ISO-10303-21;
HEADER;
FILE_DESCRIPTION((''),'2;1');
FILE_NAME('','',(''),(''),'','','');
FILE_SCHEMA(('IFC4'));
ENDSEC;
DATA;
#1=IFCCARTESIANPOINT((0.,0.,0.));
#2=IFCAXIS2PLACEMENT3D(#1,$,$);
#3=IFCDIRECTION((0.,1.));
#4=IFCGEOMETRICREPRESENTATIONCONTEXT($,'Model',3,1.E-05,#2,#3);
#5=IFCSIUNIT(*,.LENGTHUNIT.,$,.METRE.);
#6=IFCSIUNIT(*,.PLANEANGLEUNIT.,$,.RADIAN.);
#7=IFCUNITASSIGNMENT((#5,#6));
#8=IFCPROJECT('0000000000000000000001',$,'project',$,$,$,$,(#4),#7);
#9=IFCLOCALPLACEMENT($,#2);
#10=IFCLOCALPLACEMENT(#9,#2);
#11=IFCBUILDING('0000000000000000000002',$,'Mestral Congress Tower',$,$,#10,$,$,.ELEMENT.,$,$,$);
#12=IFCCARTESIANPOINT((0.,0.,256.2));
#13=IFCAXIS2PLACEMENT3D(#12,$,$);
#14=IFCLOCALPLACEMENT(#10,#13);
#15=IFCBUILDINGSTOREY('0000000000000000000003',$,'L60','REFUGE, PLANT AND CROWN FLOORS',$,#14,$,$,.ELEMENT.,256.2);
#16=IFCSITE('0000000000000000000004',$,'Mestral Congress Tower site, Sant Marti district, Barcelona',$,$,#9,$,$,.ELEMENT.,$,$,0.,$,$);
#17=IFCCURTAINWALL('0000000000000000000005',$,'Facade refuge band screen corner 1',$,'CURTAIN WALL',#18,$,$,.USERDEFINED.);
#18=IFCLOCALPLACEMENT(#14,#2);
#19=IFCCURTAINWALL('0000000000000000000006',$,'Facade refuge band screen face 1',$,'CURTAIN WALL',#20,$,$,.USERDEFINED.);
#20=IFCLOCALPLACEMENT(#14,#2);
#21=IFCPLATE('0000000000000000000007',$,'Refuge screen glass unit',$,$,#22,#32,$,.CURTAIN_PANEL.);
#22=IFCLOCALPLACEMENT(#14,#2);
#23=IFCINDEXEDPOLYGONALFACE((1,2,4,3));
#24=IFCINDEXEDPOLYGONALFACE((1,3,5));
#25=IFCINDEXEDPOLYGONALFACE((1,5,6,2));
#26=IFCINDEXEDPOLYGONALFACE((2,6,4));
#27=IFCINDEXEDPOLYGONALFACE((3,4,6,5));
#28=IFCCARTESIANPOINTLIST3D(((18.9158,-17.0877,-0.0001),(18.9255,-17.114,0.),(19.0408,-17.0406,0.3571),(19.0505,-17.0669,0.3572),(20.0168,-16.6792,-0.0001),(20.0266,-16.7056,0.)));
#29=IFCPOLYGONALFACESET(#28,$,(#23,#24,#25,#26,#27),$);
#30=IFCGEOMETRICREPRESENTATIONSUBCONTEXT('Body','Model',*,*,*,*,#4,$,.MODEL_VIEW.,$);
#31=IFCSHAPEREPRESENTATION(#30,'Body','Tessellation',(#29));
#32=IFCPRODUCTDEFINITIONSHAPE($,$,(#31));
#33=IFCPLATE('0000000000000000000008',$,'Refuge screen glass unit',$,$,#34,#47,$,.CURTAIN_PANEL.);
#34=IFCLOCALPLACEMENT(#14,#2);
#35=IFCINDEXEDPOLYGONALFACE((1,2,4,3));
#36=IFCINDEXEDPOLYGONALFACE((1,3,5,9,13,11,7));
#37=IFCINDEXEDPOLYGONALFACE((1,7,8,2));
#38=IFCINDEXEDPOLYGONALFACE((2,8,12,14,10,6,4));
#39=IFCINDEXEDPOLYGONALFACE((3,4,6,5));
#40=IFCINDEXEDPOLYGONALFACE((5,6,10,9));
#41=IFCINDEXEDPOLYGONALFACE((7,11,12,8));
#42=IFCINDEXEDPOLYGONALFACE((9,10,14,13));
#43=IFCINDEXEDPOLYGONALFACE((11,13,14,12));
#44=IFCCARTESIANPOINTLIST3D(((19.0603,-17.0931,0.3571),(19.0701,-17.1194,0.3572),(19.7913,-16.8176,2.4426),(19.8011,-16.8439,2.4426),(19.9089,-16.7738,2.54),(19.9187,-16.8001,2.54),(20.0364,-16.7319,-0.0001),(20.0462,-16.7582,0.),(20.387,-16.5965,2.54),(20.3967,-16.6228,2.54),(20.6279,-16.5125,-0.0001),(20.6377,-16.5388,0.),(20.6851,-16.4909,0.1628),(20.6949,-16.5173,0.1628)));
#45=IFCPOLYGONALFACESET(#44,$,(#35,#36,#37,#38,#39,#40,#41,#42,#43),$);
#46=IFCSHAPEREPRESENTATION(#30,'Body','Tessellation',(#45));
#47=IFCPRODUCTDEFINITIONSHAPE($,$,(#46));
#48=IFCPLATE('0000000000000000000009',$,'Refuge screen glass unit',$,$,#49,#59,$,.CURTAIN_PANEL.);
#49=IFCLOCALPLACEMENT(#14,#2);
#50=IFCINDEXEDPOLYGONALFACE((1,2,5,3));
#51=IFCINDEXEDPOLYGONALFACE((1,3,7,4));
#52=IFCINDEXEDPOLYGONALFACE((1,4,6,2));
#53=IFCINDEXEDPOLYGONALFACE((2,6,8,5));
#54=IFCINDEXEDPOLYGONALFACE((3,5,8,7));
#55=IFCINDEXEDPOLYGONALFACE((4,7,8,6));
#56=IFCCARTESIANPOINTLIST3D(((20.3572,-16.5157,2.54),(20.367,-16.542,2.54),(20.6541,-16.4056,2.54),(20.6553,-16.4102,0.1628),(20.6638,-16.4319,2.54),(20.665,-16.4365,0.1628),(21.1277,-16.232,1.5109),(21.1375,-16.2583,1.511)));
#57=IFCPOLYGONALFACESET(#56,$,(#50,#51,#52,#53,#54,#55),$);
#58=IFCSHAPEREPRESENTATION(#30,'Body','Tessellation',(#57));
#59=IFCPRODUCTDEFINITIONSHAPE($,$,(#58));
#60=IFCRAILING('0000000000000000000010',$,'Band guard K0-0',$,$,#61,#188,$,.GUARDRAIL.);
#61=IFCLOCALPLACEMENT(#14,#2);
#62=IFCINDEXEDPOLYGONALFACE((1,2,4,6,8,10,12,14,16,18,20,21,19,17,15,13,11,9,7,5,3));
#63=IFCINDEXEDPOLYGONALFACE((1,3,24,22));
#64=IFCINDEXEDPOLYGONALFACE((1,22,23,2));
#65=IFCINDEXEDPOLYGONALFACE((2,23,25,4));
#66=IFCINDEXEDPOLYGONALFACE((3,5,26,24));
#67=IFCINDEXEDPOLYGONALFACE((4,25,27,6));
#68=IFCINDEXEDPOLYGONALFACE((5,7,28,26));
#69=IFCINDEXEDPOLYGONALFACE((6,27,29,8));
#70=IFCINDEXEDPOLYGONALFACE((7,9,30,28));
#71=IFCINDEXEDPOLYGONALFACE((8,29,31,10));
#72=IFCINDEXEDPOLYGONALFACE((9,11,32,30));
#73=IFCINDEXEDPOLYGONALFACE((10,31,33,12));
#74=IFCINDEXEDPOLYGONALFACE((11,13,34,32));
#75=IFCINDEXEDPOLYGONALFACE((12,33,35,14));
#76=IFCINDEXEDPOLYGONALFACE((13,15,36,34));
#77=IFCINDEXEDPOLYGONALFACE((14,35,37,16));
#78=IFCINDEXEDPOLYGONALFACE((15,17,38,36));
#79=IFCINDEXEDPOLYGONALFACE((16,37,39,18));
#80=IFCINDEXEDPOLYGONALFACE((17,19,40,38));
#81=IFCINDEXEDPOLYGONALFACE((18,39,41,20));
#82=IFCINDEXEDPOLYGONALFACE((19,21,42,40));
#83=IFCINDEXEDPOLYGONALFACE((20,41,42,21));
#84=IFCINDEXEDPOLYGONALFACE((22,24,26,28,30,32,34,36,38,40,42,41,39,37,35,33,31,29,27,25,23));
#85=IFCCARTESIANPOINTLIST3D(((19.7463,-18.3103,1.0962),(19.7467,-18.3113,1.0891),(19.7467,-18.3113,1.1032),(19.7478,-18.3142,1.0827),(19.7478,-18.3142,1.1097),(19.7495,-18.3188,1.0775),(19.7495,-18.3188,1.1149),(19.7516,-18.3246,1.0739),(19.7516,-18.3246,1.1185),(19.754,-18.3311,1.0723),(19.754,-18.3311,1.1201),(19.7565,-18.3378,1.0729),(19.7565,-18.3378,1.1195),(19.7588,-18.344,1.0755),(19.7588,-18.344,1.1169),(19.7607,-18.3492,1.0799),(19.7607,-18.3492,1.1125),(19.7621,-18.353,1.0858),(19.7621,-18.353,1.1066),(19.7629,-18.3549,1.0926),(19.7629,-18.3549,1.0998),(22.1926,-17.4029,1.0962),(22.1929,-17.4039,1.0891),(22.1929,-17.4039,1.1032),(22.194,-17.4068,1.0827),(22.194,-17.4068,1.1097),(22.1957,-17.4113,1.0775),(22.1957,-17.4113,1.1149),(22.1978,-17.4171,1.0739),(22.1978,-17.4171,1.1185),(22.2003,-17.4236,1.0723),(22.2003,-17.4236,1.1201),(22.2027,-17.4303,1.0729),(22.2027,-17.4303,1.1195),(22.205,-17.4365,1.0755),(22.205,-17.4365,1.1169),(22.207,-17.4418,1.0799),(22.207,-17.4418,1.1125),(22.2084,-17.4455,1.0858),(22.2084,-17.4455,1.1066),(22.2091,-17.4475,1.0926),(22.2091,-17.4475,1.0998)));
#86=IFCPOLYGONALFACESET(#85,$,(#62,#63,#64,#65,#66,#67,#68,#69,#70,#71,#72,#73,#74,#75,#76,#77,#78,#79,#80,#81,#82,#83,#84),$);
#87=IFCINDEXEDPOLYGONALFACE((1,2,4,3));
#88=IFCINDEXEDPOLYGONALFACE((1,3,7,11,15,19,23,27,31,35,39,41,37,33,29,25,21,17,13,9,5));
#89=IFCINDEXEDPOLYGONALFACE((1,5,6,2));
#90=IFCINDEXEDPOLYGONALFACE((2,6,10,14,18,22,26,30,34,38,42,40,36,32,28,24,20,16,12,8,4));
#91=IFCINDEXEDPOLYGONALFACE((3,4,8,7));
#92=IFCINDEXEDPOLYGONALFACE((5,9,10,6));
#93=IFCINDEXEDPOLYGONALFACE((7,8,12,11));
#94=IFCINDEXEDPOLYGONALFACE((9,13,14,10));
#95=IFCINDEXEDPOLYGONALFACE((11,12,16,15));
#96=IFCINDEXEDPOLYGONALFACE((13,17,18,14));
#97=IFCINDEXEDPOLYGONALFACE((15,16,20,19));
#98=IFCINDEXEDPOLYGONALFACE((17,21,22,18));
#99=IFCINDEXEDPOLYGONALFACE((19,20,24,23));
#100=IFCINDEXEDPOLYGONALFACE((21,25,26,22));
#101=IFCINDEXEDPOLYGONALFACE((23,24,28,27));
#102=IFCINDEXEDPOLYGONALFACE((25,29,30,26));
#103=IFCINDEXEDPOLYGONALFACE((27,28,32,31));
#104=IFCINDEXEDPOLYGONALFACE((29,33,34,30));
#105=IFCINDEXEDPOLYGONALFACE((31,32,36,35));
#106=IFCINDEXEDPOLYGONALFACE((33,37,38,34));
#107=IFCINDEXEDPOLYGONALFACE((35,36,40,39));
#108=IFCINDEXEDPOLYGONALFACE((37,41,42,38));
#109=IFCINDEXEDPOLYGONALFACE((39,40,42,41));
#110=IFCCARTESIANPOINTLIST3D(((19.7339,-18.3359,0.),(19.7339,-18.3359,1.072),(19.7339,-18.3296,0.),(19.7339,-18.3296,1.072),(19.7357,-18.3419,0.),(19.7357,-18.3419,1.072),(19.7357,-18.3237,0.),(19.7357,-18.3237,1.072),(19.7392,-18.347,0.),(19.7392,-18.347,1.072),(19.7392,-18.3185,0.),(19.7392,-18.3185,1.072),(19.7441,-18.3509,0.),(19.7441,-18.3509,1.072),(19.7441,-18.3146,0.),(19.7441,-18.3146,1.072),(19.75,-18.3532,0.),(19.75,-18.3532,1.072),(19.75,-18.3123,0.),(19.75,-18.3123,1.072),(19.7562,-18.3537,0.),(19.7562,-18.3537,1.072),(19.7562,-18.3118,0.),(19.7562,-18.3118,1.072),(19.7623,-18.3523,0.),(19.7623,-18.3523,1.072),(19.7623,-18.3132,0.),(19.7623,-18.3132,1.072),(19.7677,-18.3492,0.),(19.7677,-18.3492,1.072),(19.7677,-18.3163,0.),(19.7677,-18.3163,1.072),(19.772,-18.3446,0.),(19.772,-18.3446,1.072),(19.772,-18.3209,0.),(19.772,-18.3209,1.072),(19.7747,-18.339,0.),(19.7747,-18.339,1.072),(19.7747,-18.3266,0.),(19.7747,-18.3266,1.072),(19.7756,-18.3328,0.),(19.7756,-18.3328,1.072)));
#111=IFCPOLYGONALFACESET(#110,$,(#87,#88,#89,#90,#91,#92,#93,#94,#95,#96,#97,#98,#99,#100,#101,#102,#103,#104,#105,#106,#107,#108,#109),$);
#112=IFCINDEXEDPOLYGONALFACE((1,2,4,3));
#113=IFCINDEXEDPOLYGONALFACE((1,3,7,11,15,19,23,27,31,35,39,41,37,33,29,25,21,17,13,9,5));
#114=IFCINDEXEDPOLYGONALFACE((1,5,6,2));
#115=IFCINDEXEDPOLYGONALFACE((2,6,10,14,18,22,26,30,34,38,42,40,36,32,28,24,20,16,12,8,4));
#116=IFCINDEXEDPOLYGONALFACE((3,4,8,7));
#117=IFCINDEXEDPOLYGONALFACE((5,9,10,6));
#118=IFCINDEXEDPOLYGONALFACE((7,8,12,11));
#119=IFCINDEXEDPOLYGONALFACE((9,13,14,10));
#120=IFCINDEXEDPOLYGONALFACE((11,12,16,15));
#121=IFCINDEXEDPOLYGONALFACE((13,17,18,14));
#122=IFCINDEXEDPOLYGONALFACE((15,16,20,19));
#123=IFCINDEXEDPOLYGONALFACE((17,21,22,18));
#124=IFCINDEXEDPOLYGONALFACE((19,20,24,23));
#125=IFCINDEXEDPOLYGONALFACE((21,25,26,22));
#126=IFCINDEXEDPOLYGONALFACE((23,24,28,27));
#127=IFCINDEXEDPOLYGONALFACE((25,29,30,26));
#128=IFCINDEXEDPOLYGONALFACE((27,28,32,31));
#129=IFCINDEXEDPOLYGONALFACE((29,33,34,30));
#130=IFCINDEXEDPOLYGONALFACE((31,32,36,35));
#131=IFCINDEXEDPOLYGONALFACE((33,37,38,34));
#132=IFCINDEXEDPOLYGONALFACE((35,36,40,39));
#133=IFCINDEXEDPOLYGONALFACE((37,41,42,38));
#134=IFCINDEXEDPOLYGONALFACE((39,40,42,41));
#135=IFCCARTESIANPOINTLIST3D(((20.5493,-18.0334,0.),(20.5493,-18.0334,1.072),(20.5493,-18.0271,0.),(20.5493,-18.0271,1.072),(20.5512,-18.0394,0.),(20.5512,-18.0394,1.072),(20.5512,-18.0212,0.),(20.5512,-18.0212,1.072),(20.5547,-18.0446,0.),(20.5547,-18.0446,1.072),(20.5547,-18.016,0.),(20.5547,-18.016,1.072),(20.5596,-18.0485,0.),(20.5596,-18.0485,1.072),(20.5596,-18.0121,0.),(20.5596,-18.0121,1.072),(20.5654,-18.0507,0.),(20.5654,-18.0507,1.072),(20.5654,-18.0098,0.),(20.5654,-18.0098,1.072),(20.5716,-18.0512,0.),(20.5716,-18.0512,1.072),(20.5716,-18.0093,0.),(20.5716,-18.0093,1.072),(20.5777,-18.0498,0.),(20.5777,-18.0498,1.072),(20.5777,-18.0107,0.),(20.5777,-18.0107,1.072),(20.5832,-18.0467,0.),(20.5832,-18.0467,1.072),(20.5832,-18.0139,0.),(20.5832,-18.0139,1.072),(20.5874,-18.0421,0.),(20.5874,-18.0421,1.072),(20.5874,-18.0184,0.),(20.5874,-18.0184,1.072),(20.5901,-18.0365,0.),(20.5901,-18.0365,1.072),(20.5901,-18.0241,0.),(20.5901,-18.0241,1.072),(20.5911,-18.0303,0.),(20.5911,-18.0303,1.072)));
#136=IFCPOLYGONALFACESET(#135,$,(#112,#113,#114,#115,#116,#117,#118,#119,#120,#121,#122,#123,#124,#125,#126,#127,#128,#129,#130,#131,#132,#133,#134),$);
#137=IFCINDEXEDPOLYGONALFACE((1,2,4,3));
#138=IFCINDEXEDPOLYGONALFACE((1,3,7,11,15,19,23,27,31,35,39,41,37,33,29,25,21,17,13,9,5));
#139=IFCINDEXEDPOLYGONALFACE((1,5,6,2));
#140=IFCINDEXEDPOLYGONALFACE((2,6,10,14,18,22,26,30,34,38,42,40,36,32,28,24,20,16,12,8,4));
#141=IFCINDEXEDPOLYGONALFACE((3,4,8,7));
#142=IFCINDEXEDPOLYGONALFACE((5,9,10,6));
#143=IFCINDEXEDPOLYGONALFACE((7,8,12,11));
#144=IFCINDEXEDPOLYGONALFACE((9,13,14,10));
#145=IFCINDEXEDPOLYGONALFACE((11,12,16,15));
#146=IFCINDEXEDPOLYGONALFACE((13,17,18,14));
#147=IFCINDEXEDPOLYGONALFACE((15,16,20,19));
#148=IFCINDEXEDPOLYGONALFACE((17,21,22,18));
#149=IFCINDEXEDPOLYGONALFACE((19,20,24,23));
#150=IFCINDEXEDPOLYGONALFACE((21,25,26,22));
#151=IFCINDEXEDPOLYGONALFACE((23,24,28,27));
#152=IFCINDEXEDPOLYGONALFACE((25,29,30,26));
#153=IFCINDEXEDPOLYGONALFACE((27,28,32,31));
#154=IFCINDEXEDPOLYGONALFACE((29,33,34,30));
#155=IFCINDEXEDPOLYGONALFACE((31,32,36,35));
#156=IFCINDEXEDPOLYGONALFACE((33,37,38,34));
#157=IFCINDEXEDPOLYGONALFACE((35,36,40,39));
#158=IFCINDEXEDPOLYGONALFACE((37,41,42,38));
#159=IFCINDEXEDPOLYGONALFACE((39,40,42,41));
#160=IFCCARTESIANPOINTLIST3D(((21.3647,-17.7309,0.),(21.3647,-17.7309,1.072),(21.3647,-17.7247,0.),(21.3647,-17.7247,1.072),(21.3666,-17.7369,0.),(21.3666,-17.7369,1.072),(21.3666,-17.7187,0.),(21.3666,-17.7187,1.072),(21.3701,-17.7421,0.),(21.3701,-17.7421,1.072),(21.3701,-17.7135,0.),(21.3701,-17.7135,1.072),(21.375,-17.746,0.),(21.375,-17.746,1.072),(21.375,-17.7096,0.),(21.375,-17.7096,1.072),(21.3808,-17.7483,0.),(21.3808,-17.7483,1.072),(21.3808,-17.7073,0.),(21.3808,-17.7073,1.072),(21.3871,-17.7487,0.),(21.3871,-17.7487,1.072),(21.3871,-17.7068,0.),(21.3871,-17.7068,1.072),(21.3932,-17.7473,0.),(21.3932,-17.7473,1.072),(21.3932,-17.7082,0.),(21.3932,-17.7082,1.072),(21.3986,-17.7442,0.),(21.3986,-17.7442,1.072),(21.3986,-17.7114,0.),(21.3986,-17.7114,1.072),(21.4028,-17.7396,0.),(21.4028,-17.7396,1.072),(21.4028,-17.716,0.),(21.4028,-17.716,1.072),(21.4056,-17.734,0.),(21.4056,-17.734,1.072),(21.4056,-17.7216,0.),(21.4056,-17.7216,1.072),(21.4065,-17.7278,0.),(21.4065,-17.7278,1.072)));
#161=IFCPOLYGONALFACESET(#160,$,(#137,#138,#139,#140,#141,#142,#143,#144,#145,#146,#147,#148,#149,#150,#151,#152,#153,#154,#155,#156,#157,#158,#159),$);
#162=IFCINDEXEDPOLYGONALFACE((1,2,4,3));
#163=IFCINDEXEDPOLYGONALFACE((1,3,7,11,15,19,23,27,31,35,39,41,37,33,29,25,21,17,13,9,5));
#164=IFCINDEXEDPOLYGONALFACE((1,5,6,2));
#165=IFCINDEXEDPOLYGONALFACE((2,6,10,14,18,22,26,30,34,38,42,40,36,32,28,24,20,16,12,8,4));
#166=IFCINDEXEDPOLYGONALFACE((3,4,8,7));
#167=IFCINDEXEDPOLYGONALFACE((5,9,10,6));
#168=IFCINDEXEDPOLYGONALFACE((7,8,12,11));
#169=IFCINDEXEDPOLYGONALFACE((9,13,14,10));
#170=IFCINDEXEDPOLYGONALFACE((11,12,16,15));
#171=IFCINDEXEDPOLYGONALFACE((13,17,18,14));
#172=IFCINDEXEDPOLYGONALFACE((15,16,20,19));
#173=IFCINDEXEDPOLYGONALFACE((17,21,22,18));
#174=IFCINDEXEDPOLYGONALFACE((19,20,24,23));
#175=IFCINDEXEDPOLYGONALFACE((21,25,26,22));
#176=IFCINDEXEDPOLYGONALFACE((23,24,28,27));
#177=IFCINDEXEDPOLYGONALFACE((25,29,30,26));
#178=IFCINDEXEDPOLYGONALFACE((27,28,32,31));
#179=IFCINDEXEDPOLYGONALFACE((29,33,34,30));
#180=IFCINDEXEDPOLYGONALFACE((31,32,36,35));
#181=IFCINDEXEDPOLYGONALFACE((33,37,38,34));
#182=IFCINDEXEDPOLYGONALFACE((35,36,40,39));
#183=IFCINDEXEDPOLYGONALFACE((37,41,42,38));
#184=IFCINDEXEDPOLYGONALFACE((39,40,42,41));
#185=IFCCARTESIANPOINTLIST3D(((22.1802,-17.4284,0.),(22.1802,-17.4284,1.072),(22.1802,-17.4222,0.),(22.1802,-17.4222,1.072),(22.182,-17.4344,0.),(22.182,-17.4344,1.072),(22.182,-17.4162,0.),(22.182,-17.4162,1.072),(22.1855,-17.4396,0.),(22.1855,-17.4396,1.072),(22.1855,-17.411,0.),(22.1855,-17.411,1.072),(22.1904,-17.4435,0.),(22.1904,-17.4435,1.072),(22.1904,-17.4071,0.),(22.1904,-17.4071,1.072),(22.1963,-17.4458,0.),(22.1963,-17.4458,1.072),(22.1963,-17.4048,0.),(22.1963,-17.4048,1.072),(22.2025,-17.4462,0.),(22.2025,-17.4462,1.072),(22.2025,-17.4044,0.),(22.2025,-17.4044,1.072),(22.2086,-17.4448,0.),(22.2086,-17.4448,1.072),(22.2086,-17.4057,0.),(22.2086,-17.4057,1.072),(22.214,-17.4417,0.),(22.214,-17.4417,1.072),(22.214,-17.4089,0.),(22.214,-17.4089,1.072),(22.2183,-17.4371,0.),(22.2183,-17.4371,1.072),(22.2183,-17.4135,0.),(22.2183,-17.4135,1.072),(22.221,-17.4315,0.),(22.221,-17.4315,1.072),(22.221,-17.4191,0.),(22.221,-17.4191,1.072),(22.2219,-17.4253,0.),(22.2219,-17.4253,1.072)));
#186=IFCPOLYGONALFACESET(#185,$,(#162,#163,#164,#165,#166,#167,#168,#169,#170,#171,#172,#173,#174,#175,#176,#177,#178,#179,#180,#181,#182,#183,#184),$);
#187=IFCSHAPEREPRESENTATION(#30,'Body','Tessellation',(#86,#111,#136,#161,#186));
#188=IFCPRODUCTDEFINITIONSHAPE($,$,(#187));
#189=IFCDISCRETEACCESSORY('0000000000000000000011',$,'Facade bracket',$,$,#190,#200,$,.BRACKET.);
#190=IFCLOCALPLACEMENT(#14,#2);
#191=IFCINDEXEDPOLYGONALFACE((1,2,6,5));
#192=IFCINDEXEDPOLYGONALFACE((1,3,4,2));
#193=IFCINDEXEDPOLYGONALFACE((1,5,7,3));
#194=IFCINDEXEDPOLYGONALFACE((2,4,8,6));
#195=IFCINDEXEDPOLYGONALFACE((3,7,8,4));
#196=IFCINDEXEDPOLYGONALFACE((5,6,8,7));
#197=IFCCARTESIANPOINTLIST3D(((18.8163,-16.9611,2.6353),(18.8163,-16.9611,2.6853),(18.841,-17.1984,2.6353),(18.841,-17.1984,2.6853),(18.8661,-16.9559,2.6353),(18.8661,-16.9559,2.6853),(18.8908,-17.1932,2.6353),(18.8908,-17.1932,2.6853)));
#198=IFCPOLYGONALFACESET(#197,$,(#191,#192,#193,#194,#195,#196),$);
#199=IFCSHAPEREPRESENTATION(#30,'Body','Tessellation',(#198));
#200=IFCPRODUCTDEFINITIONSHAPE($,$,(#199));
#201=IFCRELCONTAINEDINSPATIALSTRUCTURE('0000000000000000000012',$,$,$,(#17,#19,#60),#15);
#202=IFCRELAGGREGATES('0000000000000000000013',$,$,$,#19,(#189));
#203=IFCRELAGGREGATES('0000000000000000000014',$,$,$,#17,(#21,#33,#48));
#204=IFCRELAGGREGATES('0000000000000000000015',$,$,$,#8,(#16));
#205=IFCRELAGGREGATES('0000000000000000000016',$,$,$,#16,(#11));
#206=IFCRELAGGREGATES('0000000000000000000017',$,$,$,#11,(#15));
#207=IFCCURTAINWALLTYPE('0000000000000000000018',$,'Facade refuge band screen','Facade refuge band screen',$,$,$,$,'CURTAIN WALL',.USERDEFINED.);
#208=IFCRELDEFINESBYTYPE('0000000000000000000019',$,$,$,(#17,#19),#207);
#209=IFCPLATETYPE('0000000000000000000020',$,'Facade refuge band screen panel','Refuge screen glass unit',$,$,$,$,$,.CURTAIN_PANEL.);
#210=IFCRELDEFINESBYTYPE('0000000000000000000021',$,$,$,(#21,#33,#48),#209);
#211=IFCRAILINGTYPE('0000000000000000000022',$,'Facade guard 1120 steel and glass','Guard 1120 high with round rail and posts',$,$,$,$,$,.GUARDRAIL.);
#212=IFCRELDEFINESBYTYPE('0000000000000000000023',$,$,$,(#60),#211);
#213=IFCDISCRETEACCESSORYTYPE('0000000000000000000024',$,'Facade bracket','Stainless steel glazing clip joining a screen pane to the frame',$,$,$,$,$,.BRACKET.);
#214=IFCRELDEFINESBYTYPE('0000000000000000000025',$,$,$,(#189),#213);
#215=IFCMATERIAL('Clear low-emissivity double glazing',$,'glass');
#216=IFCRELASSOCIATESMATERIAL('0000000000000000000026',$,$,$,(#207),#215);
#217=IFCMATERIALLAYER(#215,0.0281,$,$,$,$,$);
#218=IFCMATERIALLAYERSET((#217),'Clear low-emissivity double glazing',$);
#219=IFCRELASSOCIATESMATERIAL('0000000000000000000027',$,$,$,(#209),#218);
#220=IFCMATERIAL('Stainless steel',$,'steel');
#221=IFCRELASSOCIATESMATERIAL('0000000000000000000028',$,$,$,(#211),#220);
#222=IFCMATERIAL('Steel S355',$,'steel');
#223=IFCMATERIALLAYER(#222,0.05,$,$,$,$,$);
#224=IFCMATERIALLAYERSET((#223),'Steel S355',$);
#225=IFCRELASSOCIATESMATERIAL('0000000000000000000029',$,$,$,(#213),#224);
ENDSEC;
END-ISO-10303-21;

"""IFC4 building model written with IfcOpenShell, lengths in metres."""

from ifc_helpers import new_model, si_unit, direction, frame, origin, origin_2d, place, context, subcontext, project, spatial, polyline, rectangle, circle, outline, extrude, material, layer, layer_set, type_object, element, aggregate, save


model = new_model("IFC4")

# Units and contexts
model_context = context("Model", 3, precision=1e-05, world=origin(), true_north=direction((0.0, 1.0)))
body_context = subcontext(model_context, "Body", "Model", "MODEL_VIEW")
ifc_project = project(units=[si_unit("LENGTHUNIT", "METRE"), si_unit("PLANEANGLEUNIT", "RADIAN")], contexts=[model_context])

# Site, building, storey
site_placement = place(None, origin())
site = spatial("IfcSite", under=ifc_project, at=site_placement, Name="Mestral Congress Tower site, Sant Marti district, Barcelona", CompositionType="ELEMENT", RefElevation=0.0)
building_placement = place(site_placement, origin())
building = spatial("IfcBuilding", under=site, at=building_placement, Name="Mestral Congress Tower", CompositionType="ELEMENT")
storey_placement = place(building_placement, frame((0.0, 0.0, 256.2)))
storey = spatial("IfcBuildingStorey", under=building, at=storey_placement, Name="L60", Description="REFUGE, PLANT AND CROWN FLOORS", CompositionType="ELEMENT", Elevation=256.2)

# Shared definitions
ifc_material_1 = material(Name="Steel S355", Category="steel")

# Curtain wall
ifc_material_2 = material(Name="Clear low-emissivity double glazing", Category="glass")
curtain_wall_type = type_object("IfcCurtainWallType", Name="Facade refuge band screen", Description="Facade refuge band screen", ElementType="CURTAIN WALL", PredefinedType="USERDEFINED", material=ifc_material_2)
placement = place(storey_placement, origin())
curtain_wall_1 = element("IfcCurtainWall", 1, at=placement, inside=storey, type_object=curtain_wall_type, Name="Facade refuge band screen corner 1", ObjectType="CURTAIN WALL", PredefinedType="USERDEFINED")

# Curtain wall
curtain_wall_2 = element("IfcCurtainWall", 2, at=placement, inside=storey, type_object=curtain_wall_type, Name="Facade refuge band screen face 1", ObjectType="CURTAIN WALL", PredefinedType="USERDEFINED")

# Plates
ifc_layer_1 = layer(ifc_material_2, 0.0281)
ifc_layer_set_1 = layer_set([ifc_layer_1], Name="Clear low-emissivity double glazing")
plate_type_1 = type_object("IfcPlateType", Name="Facade refuge band screen panel", Description="Refuge screen glass unit", PredefinedType="CURTAIN_PANEL", material=ifc_layer_set_1)
plate_1_placement = place(storey_placement, frame((18.9255, -17.114, 0.0), z_axis=(0.347794, -0.937569, 0.001969), x_axis=(0.32779, 0.123562, 0.936635)))
plate_1 = element("IfcPlate", 3, at=plate_1_placement, type_object=plate_type_1, Name="Refuge screen glass unit", PredefinedType="CURTAIN_PANEL", context=body_context, shape_type="SweptSolid", body=[
    extrude(outline(polyline([(0.0, 0.0), (0.3813, 0.0), (0.4114, -1.1), (0.0, 0.0)])), origin(), (0.0, 0.0, -1.0), 0.0281),
])
plate_2_placement = place(storey_placement, frame((20.6377, -16.5388, 0.0), z_axis=(0.347707, -0.937601, 0.001983), x_axis=(-0.937603, -0.347708, 0.0)))
plate_2 = element("IfcPlate", 4, at=plate_2_placement, type_object=plate_type_1, Name="Refuge screen glass unit", PredefinedType="CURTAIN_PANEL", context=body_context, shape_type="SweptSolid", body=[
    extrude(outline(polyline([(0.0, 0.0), (0.6309, 0.0), (1.6717, -0.3572), (0.8905, -2.4426), (0.765, -2.54), (0.2551, -2.54), (-0.0611, -0.1628), (0.0, 0.0)])), origin(), (0.0, 0.0, -1.0), 0.0281),
])
plate_3_placement = place(storey_placement, frame((20.665, -16.4365, 0.1628), z_axis=(0.347872, -0.93754, 0.002008), x_axis=(-0.124297, -0.043997, 0.991269)))
plate_3 = element("IfcPlate", 5, at=plate_3_placement, type_object=plate_type_1, Name="Refuge screen glass unit", PredefinedType="CURTAIN_PANEL", context=body_context, shape_type="SweptSolid", body=[
    extrude(outline(polyline([(0.0, 0.0), (2.3981, 0.0), (2.3564, -0.3139), (1.2698, -0.6782), (0.0, 0.0)])), origin(), (0.0, 0.0, -1.0), 0.0281),
])

# Railing
ifc_material_3 = material(Name="Stainless steel", Category="steel")
railing_type = type_object("IfcRailingType", Name="Facade guard 1120 steel and glass", Description="Guard 1120 high with round rail and posts", PredefinedType="GUARDRAIL", material=ifc_material_3)
railing_placement = place(storey_placement, frame((19.7546, -18.3328, 0.0)))
element("IfcRailing", 6, at=railing_placement, inside=storey, type_object=railing_type, Name="Band guard K0-0", PredefinedType="GUARDRAIL", context=body_context, shape_type="SweptSolid", body=[
    extrude(circle(Radius=0.0239, at=origin_2d()), frame((0.0, 0.0, 1.0962), z_axis=(0.937569, 0.347799, 0.0), x_axis=(-0.347799, 0.937569, 0.0)), (0.0, 0.0, 1.0), 2.6091),
    extrude(circle(Radius=0.021, at=origin_2d()), origin(), (0.0, 0.0, 1.0), 1.072),
    extrude(circle(Radius=0.021, at=origin_2d()), frame((0.8154, 0.3025, 0.0)), (0.0, 0.0, 1.0), 1.072),
    extrude(circle(Radius=0.021, at=origin_2d()), frame((1.6309, 0.605, 0.0)), (0.0, 0.0, 1.0), 1.072),
    extrude(circle(Radius=0.021, at=origin_2d()), frame((2.4463, 0.9075, 0.0)), (0.0, 0.0, 1.0), 1.072),
])

# Discrete accessory
ifc_layer_2 = layer(ifc_material_1, 0.05)
ifc_layer_set_2 = layer_set([ifc_layer_2], Name="Steel S355")
discrete_accessory_type = type_object("IfcDiscreteAccessoryType", Name="Facade bracket", Description="Stainless steel glazing clip joining a screen pane to the frame", PredefinedType="BRACKET", material=ifc_layer_set_2)
discrete_accessory_1_placement = place(storey_placement, frame((18.8535, -17.0771, 2.6353), z_axis=(0.0, 0.0, 1.0), x_axis=(0.99462, 0.103589, 0.0)))
discrete_accessory_1 = element("IfcDiscreteAccessory", 7, at=discrete_accessory_1_placement, type_object=discrete_accessory_type, Name="Facade bracket", PredefinedType="BRACKET", context=body_context, shape_type="SweptSolid", body=[
    extrude(rectangle(XDim=0.05, YDim=0.2385, at=origin_2d()), origin(), (0.0, 0.0, 1.0), 0.05),
])
aggregate(curtain_wall_2, [discrete_accessory_1])
aggregate(curtain_wall_1, [plate_1, plate_2, plate_3])

save(model, "model.ifc")
